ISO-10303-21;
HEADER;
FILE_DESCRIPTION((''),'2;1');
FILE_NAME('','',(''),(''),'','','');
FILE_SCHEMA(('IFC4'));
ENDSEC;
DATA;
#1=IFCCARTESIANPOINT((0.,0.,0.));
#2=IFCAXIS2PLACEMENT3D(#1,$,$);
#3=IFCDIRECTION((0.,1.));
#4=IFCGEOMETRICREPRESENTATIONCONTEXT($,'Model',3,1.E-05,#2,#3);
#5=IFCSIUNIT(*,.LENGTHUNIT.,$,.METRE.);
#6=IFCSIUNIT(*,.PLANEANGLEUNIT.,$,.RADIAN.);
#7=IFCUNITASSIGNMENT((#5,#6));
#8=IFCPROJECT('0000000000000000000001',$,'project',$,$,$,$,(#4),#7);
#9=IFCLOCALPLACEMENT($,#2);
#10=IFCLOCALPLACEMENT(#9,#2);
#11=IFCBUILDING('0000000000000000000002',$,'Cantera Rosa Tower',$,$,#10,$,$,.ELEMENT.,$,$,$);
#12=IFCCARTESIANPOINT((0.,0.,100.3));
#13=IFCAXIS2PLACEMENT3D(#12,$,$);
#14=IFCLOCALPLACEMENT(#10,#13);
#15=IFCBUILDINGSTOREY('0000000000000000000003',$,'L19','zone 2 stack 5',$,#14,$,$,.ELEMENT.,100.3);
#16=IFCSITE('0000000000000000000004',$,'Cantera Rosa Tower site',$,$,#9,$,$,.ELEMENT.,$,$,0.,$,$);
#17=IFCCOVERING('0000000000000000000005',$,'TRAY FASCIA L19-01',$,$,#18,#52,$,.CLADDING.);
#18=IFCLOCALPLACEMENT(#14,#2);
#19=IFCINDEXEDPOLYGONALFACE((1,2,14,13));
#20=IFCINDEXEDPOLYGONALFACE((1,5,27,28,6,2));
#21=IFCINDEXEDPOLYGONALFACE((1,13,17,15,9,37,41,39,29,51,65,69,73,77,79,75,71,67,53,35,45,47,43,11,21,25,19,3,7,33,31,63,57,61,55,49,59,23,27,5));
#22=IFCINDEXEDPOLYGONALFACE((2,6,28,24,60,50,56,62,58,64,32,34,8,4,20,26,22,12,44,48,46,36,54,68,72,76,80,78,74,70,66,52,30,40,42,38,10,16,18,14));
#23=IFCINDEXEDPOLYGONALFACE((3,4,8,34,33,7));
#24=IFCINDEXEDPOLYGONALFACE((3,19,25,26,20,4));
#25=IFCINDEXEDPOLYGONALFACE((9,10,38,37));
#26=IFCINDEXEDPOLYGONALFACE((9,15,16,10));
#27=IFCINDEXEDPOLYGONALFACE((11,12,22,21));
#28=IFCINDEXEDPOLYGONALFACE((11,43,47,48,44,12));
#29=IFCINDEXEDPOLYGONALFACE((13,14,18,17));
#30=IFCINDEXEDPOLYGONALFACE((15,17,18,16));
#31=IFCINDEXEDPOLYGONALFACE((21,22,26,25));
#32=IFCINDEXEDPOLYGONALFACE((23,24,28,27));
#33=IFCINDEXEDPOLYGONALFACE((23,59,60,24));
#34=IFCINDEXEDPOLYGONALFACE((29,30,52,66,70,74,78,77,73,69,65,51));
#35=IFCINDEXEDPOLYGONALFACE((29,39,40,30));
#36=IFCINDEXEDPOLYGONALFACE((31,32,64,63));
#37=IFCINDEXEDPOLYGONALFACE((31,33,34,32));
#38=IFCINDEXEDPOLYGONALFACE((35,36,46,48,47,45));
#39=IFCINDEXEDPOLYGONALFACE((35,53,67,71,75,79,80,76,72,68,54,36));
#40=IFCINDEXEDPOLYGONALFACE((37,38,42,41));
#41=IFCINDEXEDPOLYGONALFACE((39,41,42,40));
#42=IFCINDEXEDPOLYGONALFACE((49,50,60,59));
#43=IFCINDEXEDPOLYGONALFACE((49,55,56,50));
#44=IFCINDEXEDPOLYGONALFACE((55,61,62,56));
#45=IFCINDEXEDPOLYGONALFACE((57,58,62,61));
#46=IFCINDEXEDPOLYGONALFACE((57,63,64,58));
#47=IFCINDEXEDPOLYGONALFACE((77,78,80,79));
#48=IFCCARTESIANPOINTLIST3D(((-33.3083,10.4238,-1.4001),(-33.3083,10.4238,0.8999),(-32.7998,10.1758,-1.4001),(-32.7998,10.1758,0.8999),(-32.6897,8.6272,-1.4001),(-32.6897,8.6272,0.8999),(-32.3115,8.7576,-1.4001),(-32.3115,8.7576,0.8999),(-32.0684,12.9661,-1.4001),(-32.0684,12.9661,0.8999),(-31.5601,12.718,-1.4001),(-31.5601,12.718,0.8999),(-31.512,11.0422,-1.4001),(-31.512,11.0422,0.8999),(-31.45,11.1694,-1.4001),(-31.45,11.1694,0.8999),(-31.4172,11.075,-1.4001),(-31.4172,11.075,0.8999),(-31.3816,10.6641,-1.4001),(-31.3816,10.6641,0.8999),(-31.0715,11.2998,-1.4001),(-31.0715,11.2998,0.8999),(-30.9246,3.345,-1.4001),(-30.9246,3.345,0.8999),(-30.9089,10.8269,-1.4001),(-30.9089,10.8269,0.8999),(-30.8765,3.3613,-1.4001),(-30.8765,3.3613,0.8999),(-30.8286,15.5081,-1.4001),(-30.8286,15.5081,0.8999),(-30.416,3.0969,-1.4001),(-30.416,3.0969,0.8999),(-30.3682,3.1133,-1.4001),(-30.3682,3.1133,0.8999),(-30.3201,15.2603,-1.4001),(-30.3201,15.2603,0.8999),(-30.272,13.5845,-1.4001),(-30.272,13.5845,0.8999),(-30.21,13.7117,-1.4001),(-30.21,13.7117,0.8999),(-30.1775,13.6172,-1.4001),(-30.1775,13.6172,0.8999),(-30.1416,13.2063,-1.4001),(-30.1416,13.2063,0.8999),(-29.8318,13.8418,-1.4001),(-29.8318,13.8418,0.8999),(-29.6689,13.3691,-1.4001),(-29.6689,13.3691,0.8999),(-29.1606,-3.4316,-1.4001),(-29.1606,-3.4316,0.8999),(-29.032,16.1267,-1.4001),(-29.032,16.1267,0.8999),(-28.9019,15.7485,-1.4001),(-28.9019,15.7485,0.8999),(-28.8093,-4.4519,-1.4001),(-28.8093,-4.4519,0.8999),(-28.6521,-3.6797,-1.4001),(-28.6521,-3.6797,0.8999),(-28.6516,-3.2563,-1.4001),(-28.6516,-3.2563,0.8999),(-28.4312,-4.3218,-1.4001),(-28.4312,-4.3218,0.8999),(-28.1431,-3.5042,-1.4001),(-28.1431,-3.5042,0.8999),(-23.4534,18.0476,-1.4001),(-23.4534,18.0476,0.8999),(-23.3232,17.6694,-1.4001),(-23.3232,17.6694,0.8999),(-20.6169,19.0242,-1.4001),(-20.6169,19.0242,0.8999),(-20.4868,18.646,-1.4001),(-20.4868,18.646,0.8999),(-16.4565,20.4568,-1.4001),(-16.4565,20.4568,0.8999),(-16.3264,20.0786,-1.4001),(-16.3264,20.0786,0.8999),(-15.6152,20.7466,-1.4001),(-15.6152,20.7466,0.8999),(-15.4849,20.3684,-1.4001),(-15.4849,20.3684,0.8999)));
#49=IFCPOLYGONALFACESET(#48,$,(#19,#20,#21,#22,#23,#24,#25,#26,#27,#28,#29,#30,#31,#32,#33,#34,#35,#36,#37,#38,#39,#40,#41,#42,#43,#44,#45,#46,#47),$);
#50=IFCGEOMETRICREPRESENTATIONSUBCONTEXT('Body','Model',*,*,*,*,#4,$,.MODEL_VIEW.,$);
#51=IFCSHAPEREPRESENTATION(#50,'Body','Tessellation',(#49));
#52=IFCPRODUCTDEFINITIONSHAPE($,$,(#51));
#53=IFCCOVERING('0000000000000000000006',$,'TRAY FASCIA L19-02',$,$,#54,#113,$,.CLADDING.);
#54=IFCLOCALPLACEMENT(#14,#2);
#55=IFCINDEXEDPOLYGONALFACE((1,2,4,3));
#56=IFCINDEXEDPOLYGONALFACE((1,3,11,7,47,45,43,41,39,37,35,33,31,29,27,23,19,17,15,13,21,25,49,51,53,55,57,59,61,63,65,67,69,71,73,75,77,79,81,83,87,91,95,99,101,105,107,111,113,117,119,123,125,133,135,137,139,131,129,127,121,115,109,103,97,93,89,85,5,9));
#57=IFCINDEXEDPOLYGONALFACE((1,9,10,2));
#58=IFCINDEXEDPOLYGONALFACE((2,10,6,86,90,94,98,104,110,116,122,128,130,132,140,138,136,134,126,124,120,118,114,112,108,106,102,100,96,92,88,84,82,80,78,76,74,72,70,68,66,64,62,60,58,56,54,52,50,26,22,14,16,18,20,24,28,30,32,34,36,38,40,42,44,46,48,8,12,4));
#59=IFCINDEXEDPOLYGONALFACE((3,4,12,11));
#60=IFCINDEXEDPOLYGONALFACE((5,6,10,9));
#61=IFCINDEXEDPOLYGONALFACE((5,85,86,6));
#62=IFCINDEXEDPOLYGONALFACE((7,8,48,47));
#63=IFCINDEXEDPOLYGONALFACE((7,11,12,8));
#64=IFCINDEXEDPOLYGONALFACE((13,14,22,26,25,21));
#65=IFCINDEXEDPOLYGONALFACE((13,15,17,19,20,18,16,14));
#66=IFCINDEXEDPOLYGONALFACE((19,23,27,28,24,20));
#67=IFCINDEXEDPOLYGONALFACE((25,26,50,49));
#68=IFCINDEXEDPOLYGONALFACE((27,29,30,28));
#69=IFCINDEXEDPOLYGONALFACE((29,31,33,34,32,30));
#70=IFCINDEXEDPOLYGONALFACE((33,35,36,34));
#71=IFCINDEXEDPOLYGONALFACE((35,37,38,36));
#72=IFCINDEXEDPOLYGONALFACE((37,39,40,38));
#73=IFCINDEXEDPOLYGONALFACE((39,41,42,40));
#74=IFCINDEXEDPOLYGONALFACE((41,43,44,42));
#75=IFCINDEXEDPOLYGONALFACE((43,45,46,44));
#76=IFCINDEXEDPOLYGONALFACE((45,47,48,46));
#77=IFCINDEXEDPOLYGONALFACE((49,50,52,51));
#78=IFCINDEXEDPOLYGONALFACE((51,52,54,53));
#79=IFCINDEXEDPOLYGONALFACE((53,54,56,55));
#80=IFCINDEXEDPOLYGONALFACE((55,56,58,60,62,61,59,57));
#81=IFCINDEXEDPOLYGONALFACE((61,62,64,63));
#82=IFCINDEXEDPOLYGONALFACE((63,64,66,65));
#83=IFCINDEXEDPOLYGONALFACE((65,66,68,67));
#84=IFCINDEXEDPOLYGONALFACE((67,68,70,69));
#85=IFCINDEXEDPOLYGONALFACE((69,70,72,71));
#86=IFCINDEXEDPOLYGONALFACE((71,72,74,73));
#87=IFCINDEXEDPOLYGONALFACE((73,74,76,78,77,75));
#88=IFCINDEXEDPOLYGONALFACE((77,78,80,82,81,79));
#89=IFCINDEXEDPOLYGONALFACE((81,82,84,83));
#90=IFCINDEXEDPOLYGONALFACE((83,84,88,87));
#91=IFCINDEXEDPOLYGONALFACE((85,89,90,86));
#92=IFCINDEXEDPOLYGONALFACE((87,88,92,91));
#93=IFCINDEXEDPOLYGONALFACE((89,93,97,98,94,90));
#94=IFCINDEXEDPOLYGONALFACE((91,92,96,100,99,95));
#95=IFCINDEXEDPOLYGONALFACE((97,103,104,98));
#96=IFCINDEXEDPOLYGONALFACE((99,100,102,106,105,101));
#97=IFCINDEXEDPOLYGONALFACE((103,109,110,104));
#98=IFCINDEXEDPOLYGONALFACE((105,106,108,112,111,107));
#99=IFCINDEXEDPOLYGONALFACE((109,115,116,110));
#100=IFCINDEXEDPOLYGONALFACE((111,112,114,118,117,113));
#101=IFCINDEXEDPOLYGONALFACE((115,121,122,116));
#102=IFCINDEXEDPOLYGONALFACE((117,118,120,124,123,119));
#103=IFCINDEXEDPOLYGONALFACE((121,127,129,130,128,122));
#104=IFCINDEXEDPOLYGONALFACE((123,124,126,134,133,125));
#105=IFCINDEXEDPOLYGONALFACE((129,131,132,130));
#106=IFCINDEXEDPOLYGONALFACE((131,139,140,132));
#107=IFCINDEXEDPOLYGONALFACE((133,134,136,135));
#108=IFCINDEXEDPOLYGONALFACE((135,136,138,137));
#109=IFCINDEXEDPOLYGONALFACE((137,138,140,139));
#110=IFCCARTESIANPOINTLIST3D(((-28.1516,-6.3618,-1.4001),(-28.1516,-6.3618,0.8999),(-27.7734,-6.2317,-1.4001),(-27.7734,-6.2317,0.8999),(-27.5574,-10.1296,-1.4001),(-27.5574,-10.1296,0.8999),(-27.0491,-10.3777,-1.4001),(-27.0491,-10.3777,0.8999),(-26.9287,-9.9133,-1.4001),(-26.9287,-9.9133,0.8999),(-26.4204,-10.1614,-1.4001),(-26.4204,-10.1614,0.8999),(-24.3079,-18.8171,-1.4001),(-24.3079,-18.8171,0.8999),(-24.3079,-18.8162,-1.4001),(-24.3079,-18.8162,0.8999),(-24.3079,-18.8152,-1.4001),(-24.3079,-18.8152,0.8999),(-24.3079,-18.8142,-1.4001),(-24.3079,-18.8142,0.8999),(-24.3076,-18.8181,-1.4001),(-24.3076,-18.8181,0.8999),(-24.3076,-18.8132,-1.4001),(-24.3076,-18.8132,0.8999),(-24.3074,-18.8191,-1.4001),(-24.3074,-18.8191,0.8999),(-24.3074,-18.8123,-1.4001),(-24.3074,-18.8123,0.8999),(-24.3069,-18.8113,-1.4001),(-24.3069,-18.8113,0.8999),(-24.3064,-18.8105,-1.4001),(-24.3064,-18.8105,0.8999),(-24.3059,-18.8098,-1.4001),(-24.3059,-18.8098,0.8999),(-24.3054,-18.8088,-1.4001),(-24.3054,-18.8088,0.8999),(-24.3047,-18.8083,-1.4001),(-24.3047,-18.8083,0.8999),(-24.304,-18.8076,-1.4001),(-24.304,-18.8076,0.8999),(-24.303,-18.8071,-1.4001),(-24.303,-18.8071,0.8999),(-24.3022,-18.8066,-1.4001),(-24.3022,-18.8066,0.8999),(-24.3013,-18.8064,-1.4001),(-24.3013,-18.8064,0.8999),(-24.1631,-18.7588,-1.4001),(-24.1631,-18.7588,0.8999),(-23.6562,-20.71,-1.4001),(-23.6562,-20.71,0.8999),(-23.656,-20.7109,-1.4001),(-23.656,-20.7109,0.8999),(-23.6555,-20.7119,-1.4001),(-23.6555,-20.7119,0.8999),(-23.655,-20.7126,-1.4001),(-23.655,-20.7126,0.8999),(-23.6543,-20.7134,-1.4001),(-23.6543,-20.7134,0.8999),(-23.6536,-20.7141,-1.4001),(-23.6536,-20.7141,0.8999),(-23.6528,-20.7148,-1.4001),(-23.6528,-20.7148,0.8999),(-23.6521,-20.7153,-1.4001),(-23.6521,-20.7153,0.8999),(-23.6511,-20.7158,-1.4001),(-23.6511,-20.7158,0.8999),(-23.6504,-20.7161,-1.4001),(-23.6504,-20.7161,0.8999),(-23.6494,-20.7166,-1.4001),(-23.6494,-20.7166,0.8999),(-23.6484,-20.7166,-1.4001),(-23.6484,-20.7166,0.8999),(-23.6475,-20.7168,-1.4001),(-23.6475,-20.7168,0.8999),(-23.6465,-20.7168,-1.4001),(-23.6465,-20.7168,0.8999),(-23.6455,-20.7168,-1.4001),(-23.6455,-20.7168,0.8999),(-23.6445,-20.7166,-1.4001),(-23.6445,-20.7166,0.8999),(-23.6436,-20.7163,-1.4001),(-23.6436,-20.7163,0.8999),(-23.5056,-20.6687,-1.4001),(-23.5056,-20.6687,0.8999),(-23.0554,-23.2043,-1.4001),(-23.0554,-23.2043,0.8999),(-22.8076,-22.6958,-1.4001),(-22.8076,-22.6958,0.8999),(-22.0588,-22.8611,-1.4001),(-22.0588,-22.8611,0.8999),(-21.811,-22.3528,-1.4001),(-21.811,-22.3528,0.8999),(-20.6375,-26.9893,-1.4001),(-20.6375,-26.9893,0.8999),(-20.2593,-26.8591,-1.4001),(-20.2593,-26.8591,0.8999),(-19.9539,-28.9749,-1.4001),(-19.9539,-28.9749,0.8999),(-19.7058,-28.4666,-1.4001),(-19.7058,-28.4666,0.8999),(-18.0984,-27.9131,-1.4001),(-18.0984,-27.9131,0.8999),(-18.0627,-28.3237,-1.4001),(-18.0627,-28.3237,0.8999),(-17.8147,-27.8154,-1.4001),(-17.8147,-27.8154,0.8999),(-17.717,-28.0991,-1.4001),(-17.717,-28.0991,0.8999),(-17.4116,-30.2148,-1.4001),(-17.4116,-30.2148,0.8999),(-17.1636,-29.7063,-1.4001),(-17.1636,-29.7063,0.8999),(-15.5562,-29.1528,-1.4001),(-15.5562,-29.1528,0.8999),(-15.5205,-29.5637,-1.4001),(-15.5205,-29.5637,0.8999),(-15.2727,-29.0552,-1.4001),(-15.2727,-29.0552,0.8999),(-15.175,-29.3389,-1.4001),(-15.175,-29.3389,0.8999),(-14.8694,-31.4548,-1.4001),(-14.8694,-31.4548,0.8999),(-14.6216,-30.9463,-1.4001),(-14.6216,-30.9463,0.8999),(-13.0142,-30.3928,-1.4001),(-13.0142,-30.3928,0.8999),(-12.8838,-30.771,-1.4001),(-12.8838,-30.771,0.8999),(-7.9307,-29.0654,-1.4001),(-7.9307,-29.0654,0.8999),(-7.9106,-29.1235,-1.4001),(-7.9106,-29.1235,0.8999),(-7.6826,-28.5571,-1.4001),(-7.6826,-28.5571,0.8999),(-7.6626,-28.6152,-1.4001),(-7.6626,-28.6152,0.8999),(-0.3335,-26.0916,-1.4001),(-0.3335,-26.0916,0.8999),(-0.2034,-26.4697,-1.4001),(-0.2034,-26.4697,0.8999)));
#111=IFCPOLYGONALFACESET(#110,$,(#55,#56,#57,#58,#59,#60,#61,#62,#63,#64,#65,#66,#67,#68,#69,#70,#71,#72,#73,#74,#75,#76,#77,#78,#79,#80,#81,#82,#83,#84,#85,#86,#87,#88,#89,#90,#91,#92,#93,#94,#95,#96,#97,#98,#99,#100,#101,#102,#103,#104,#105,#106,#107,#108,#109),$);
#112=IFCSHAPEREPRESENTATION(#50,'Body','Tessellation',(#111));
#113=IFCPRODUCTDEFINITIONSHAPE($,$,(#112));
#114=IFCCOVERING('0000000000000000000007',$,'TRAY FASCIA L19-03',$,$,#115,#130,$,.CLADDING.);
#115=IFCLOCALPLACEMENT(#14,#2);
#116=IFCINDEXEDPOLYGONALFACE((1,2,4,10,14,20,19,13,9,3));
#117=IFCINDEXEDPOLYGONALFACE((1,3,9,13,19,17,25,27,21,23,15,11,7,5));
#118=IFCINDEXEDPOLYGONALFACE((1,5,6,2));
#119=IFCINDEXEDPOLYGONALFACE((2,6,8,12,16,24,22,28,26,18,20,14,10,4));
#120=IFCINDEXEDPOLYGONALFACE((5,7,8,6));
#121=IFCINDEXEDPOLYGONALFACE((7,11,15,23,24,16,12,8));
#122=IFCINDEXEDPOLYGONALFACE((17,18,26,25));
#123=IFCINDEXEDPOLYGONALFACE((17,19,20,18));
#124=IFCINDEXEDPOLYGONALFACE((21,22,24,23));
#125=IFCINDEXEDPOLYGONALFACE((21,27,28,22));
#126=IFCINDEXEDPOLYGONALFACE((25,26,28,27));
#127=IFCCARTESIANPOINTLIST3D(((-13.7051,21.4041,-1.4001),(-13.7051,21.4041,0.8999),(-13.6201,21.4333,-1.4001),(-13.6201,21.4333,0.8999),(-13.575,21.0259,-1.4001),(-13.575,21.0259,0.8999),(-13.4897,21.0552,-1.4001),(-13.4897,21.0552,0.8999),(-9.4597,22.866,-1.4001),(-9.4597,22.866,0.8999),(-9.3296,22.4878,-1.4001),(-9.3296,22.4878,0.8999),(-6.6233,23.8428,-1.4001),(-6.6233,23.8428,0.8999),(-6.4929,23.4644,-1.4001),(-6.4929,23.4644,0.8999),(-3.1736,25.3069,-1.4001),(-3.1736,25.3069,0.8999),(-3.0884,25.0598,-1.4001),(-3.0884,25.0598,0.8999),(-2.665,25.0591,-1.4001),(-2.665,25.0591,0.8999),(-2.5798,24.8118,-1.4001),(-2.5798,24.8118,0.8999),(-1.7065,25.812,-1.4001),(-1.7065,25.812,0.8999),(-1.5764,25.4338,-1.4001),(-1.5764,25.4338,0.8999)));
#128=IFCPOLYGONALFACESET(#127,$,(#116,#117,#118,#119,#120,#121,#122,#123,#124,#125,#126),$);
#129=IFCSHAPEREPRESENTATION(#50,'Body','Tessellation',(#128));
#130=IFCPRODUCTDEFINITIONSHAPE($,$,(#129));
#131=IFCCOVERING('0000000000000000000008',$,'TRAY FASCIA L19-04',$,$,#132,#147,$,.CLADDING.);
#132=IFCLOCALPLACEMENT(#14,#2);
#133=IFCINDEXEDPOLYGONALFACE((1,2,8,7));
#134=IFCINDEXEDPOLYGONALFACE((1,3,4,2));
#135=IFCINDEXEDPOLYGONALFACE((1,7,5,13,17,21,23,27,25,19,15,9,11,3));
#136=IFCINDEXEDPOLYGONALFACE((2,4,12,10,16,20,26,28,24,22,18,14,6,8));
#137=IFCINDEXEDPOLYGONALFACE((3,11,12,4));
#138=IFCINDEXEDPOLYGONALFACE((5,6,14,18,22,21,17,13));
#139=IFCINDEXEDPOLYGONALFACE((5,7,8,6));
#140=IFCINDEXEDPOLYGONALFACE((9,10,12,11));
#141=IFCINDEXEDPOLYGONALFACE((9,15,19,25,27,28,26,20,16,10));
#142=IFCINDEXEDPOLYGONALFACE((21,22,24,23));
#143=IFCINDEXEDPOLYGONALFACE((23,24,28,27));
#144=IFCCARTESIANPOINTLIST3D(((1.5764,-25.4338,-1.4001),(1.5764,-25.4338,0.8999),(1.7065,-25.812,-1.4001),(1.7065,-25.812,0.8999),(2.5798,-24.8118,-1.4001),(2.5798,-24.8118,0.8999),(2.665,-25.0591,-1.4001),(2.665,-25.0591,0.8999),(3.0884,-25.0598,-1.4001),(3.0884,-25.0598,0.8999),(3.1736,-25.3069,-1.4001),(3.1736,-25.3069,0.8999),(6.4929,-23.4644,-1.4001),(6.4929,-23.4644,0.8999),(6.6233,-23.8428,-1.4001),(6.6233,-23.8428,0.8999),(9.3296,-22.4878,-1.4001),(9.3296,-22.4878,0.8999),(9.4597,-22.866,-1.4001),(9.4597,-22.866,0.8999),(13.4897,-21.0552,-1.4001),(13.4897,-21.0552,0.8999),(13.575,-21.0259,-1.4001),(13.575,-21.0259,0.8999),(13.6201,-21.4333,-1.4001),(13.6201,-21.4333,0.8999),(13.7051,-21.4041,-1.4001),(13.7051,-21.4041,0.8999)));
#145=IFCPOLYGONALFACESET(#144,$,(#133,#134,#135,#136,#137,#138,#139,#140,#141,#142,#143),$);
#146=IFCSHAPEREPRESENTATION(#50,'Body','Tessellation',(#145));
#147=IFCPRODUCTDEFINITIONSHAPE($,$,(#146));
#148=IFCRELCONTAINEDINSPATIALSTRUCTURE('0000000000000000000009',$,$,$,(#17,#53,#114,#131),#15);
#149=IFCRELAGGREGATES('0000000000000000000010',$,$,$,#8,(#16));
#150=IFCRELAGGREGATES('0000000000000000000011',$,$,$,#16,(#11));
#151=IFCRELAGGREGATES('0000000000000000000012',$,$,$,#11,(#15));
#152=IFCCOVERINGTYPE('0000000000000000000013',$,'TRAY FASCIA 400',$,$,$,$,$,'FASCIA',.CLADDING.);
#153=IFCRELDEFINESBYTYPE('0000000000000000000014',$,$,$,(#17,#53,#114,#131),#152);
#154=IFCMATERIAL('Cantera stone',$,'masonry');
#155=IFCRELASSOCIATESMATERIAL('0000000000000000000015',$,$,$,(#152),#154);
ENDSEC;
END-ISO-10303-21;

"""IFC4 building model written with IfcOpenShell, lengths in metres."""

from ifc_helpers import new_model, si_unit, direction, frame, origin, place, context, subcontext, project, spatial, polyline, outline, extrude, material, type_object, element, save


model = new_model("IFC4")

# Units and contexts
model_context = context("Model", 3, precision=1e-05, world=origin(), true_north=direction((0.0, 1.0)))
body_context = subcontext(model_context, "Body", "Model", "MODEL_VIEW")
ifc_project = project(units=[si_unit("LENGTHUNIT", "METRE"), si_unit("PLANEANGLEUNIT", "RADIAN")], contexts=[model_context])

# Site, building, storey
site_placement = place(None, origin())
site = spatial("IfcSite", under=ifc_project, at=site_placement, Name="Cantera Rosa Tower site", CompositionType="ELEMENT", RefElevation=0.0)
building_placement = place(site_placement, origin())
building = spatial("IfcBuilding", under=site, at=building_placement, Name="Cantera Rosa Tower", CompositionType="ELEMENT")
storey_placement = place(building_placement, frame((0.0, 0.0, 100.3)))
storey = spatial("IfcBuildingStorey", under=building, at=storey_placement, Name="L19", Description="zone 2 stack 5", CompositionType="ELEMENT", Elevation=100.3)

# Coverings
ifc_material_1 = material(Name="Cantera stone", Category="masonry")
covering_type = type_object("IfcCoveringType", Name="TRAY FASCIA 400", ElementType="FASCIA", PredefinedType="CLADDING", material=ifc_material_1)
covering_1_placement = place(storey_placement, frame((0.0, 0.0, -1.4001)))
element("IfcCovering", 1, at=covering_1_placement, inside=storey, type_object=covering_type, Name="TRAY FASCIA L19-01", PredefinedType="CLADDING", context=body_context, shape_type="SweptSolid", body=[
    extrude(outline(polyline([(-33.3083, 10.4238), (-31.512, 11.0422), (-31.4172, 11.075), (-31.45, 11.1694), (-32.0684, 12.9661), (-30.272, 13.5845), (-30.1775, 13.6172), (-30.21, 13.7117), (-30.8286, 15.5081), (-29.032, 16.1267), (-23.4534, 18.0476), (-20.6169, 19.0242), (-16.4565, 20.4568), (-15.6152, 20.7466), (-15.4849, 20.3684), (-16.3264, 20.0786), (-20.4868, 18.646), (-23.3232, 17.6694), (-28.9019, 15.7485), (-30.3201, 15.2603), (-29.8318, 13.8418), (-29.6689, 13.3691), (-30.1416, 13.2063), (-31.5601, 12.718), (-31.0715, 11.2998), (-30.9089, 10.8269), (-31.3816, 10.6641), (-32.7998, 10.1758), (-32.3115, 8.7576), (-30.3682, 3.1133), (-30.416, 3.0969), (-28.1431, -3.5042), (-28.6521, -3.6797), (-28.4312, -4.3218), (-28.8093, -4.4519), (-29.1606, -3.4316), (-28.6516, -3.2563), (-30.9246, 3.345), (-30.8765, 3.3613), (-32.6897, 8.6272), (-33.3083, 10.4238)])), origin(), (0.0, 0.0, 1.0), 2.3),
])
covering_2_placement = place(storey_placement, frame((0.0, 0.0, -1.4001)))
element("IfcCovering", 2, at=covering_2_placement, inside=storey, type_object=covering_type, Name="TRAY FASCIA L19-02", PredefinedType="CLADDING", context=body_context, shape_type="SweptSolid", body=[
    extrude(outline(polyline([(-7.9106, -29.1235), (-7.9307, -29.0654), (-12.8838, -30.771), (-14.8694, -31.4548), (-15.5205, -29.5637), (-17.4116, -30.2148), (-18.0627, -28.3237), (-19.9539, -28.9749), (-20.6375, -26.9893), (-22.0588, -22.8611), (-23.0554, -23.2043), (-27.5574, -10.1296), (-26.9287, -9.9133), (-28.1516, -6.3618), (-27.7734, -6.2317), (-26.4204, -10.1614), (-27.0491, -10.3777), (-24.1631, -18.7588), (-24.3013, -18.8064), (-24.3022, -18.8066), (-24.303, -18.8071), (-24.304, -18.8076), (-24.3047, -18.8083), (-24.3054, -18.8088), (-24.3059, -18.8098), (-24.3064, -18.8105), (-24.3069, -18.8113), (-24.3074, -18.8123), (-24.3076, -18.8132), (-24.3079, -18.8142), (-24.3079, -18.8152), (-24.3079, -18.8162), (-24.3079, -18.8171), (-24.3076, -18.8181), (-24.3074, -18.8191), (-23.6562, -20.71), (-23.656, -20.7109), (-23.6555, -20.7119), (-23.655, -20.7126), (-23.6543, -20.7134), (-23.6536, -20.7141), (-23.6528, -20.7148), (-23.6521, -20.7153), (-23.6511, -20.7158), (-23.6504, -20.7161), (-23.6494, -20.7166), (-23.6484, -20.7166), (-23.6475, -20.7168), (-23.6465, -20.7168), (-23.6455, -20.7168), (-23.6445, -20.7166), (-23.6436, -20.7163), (-23.5056, -20.6687), (-22.8076, -22.6958), (-21.811, -22.3528), (-20.2593, -26.8591), (-19.7058, -28.4666), (-18.0984, -27.9131), (-17.8147, -27.8154), (-17.717, -28.0991), (-17.1636, -29.7063), (-15.5562, -29.1528), (-15.2727, -29.0552), (-15.175, -29.3389), (-14.6216, -30.9463), (-13.0142, -30.3928), (-7.6826, -28.5571), (-7.6626, -28.6152), (-0.3335, -26.0916), (-0.2034, -26.4697), (-7.9106, -29.1235)])), origin(), (0.0, 0.0, 1.0), 2.3),
])
covering_3_placement = place(storey_placement, frame((0.0, 0.0, -1.4001)))
element("IfcCovering", 3, at=covering_3_placement, inside=storey, type_object=covering_type, Name="TRAY FASCIA L19-03", PredefinedType="CLADDING", context=body_context, shape_type="SweptSolid", body=[
    extrude(outline(polyline([(-13.6201, 21.4333), (-9.4597, 22.866), (-6.6233, 23.8428), (-3.0884, 25.0598), (-3.1736, 25.3069), (-1.7065, 25.812), (-1.5764, 25.4338), (-2.665, 25.0591), (-2.5798, 24.8118), (-6.4929, 23.4644), (-9.3296, 22.4878), (-13.4897, 21.0552), (-13.575, 21.0259), (-13.7051, 21.4041), (-13.6201, 21.4333)])), origin(), (0.0, 0.0, 1.0), 2.3),
])
covering_4_placement = place(storey_placement, frame((0.0, 0.0, -1.4001)))
element("IfcCovering", 4, at=covering_4_placement, inside=storey, type_object=covering_type, Name="TRAY FASCIA L19-04", PredefinedType="CLADDING", context=body_context, shape_type="SweptSolid", body=[
    extrude(outline(polyline([(13.6201, -21.4333), (9.4597, -22.866), (6.6233, -23.8428), (3.0884, -25.0598), (3.1736, -25.3069), (1.7065, -25.812), (1.5764, -25.4338), (2.665, -25.0591), (2.5798, -24.8118), (6.4929, -23.4644), (9.3296, -22.4878), (13.4897, -21.0552), (13.575, -21.0259), (13.7051, -21.4041), (13.6201, -21.4333)])), origin(), (0.0, 0.0, 1.0), 2.3),
])

save(model, "model.ifc")
